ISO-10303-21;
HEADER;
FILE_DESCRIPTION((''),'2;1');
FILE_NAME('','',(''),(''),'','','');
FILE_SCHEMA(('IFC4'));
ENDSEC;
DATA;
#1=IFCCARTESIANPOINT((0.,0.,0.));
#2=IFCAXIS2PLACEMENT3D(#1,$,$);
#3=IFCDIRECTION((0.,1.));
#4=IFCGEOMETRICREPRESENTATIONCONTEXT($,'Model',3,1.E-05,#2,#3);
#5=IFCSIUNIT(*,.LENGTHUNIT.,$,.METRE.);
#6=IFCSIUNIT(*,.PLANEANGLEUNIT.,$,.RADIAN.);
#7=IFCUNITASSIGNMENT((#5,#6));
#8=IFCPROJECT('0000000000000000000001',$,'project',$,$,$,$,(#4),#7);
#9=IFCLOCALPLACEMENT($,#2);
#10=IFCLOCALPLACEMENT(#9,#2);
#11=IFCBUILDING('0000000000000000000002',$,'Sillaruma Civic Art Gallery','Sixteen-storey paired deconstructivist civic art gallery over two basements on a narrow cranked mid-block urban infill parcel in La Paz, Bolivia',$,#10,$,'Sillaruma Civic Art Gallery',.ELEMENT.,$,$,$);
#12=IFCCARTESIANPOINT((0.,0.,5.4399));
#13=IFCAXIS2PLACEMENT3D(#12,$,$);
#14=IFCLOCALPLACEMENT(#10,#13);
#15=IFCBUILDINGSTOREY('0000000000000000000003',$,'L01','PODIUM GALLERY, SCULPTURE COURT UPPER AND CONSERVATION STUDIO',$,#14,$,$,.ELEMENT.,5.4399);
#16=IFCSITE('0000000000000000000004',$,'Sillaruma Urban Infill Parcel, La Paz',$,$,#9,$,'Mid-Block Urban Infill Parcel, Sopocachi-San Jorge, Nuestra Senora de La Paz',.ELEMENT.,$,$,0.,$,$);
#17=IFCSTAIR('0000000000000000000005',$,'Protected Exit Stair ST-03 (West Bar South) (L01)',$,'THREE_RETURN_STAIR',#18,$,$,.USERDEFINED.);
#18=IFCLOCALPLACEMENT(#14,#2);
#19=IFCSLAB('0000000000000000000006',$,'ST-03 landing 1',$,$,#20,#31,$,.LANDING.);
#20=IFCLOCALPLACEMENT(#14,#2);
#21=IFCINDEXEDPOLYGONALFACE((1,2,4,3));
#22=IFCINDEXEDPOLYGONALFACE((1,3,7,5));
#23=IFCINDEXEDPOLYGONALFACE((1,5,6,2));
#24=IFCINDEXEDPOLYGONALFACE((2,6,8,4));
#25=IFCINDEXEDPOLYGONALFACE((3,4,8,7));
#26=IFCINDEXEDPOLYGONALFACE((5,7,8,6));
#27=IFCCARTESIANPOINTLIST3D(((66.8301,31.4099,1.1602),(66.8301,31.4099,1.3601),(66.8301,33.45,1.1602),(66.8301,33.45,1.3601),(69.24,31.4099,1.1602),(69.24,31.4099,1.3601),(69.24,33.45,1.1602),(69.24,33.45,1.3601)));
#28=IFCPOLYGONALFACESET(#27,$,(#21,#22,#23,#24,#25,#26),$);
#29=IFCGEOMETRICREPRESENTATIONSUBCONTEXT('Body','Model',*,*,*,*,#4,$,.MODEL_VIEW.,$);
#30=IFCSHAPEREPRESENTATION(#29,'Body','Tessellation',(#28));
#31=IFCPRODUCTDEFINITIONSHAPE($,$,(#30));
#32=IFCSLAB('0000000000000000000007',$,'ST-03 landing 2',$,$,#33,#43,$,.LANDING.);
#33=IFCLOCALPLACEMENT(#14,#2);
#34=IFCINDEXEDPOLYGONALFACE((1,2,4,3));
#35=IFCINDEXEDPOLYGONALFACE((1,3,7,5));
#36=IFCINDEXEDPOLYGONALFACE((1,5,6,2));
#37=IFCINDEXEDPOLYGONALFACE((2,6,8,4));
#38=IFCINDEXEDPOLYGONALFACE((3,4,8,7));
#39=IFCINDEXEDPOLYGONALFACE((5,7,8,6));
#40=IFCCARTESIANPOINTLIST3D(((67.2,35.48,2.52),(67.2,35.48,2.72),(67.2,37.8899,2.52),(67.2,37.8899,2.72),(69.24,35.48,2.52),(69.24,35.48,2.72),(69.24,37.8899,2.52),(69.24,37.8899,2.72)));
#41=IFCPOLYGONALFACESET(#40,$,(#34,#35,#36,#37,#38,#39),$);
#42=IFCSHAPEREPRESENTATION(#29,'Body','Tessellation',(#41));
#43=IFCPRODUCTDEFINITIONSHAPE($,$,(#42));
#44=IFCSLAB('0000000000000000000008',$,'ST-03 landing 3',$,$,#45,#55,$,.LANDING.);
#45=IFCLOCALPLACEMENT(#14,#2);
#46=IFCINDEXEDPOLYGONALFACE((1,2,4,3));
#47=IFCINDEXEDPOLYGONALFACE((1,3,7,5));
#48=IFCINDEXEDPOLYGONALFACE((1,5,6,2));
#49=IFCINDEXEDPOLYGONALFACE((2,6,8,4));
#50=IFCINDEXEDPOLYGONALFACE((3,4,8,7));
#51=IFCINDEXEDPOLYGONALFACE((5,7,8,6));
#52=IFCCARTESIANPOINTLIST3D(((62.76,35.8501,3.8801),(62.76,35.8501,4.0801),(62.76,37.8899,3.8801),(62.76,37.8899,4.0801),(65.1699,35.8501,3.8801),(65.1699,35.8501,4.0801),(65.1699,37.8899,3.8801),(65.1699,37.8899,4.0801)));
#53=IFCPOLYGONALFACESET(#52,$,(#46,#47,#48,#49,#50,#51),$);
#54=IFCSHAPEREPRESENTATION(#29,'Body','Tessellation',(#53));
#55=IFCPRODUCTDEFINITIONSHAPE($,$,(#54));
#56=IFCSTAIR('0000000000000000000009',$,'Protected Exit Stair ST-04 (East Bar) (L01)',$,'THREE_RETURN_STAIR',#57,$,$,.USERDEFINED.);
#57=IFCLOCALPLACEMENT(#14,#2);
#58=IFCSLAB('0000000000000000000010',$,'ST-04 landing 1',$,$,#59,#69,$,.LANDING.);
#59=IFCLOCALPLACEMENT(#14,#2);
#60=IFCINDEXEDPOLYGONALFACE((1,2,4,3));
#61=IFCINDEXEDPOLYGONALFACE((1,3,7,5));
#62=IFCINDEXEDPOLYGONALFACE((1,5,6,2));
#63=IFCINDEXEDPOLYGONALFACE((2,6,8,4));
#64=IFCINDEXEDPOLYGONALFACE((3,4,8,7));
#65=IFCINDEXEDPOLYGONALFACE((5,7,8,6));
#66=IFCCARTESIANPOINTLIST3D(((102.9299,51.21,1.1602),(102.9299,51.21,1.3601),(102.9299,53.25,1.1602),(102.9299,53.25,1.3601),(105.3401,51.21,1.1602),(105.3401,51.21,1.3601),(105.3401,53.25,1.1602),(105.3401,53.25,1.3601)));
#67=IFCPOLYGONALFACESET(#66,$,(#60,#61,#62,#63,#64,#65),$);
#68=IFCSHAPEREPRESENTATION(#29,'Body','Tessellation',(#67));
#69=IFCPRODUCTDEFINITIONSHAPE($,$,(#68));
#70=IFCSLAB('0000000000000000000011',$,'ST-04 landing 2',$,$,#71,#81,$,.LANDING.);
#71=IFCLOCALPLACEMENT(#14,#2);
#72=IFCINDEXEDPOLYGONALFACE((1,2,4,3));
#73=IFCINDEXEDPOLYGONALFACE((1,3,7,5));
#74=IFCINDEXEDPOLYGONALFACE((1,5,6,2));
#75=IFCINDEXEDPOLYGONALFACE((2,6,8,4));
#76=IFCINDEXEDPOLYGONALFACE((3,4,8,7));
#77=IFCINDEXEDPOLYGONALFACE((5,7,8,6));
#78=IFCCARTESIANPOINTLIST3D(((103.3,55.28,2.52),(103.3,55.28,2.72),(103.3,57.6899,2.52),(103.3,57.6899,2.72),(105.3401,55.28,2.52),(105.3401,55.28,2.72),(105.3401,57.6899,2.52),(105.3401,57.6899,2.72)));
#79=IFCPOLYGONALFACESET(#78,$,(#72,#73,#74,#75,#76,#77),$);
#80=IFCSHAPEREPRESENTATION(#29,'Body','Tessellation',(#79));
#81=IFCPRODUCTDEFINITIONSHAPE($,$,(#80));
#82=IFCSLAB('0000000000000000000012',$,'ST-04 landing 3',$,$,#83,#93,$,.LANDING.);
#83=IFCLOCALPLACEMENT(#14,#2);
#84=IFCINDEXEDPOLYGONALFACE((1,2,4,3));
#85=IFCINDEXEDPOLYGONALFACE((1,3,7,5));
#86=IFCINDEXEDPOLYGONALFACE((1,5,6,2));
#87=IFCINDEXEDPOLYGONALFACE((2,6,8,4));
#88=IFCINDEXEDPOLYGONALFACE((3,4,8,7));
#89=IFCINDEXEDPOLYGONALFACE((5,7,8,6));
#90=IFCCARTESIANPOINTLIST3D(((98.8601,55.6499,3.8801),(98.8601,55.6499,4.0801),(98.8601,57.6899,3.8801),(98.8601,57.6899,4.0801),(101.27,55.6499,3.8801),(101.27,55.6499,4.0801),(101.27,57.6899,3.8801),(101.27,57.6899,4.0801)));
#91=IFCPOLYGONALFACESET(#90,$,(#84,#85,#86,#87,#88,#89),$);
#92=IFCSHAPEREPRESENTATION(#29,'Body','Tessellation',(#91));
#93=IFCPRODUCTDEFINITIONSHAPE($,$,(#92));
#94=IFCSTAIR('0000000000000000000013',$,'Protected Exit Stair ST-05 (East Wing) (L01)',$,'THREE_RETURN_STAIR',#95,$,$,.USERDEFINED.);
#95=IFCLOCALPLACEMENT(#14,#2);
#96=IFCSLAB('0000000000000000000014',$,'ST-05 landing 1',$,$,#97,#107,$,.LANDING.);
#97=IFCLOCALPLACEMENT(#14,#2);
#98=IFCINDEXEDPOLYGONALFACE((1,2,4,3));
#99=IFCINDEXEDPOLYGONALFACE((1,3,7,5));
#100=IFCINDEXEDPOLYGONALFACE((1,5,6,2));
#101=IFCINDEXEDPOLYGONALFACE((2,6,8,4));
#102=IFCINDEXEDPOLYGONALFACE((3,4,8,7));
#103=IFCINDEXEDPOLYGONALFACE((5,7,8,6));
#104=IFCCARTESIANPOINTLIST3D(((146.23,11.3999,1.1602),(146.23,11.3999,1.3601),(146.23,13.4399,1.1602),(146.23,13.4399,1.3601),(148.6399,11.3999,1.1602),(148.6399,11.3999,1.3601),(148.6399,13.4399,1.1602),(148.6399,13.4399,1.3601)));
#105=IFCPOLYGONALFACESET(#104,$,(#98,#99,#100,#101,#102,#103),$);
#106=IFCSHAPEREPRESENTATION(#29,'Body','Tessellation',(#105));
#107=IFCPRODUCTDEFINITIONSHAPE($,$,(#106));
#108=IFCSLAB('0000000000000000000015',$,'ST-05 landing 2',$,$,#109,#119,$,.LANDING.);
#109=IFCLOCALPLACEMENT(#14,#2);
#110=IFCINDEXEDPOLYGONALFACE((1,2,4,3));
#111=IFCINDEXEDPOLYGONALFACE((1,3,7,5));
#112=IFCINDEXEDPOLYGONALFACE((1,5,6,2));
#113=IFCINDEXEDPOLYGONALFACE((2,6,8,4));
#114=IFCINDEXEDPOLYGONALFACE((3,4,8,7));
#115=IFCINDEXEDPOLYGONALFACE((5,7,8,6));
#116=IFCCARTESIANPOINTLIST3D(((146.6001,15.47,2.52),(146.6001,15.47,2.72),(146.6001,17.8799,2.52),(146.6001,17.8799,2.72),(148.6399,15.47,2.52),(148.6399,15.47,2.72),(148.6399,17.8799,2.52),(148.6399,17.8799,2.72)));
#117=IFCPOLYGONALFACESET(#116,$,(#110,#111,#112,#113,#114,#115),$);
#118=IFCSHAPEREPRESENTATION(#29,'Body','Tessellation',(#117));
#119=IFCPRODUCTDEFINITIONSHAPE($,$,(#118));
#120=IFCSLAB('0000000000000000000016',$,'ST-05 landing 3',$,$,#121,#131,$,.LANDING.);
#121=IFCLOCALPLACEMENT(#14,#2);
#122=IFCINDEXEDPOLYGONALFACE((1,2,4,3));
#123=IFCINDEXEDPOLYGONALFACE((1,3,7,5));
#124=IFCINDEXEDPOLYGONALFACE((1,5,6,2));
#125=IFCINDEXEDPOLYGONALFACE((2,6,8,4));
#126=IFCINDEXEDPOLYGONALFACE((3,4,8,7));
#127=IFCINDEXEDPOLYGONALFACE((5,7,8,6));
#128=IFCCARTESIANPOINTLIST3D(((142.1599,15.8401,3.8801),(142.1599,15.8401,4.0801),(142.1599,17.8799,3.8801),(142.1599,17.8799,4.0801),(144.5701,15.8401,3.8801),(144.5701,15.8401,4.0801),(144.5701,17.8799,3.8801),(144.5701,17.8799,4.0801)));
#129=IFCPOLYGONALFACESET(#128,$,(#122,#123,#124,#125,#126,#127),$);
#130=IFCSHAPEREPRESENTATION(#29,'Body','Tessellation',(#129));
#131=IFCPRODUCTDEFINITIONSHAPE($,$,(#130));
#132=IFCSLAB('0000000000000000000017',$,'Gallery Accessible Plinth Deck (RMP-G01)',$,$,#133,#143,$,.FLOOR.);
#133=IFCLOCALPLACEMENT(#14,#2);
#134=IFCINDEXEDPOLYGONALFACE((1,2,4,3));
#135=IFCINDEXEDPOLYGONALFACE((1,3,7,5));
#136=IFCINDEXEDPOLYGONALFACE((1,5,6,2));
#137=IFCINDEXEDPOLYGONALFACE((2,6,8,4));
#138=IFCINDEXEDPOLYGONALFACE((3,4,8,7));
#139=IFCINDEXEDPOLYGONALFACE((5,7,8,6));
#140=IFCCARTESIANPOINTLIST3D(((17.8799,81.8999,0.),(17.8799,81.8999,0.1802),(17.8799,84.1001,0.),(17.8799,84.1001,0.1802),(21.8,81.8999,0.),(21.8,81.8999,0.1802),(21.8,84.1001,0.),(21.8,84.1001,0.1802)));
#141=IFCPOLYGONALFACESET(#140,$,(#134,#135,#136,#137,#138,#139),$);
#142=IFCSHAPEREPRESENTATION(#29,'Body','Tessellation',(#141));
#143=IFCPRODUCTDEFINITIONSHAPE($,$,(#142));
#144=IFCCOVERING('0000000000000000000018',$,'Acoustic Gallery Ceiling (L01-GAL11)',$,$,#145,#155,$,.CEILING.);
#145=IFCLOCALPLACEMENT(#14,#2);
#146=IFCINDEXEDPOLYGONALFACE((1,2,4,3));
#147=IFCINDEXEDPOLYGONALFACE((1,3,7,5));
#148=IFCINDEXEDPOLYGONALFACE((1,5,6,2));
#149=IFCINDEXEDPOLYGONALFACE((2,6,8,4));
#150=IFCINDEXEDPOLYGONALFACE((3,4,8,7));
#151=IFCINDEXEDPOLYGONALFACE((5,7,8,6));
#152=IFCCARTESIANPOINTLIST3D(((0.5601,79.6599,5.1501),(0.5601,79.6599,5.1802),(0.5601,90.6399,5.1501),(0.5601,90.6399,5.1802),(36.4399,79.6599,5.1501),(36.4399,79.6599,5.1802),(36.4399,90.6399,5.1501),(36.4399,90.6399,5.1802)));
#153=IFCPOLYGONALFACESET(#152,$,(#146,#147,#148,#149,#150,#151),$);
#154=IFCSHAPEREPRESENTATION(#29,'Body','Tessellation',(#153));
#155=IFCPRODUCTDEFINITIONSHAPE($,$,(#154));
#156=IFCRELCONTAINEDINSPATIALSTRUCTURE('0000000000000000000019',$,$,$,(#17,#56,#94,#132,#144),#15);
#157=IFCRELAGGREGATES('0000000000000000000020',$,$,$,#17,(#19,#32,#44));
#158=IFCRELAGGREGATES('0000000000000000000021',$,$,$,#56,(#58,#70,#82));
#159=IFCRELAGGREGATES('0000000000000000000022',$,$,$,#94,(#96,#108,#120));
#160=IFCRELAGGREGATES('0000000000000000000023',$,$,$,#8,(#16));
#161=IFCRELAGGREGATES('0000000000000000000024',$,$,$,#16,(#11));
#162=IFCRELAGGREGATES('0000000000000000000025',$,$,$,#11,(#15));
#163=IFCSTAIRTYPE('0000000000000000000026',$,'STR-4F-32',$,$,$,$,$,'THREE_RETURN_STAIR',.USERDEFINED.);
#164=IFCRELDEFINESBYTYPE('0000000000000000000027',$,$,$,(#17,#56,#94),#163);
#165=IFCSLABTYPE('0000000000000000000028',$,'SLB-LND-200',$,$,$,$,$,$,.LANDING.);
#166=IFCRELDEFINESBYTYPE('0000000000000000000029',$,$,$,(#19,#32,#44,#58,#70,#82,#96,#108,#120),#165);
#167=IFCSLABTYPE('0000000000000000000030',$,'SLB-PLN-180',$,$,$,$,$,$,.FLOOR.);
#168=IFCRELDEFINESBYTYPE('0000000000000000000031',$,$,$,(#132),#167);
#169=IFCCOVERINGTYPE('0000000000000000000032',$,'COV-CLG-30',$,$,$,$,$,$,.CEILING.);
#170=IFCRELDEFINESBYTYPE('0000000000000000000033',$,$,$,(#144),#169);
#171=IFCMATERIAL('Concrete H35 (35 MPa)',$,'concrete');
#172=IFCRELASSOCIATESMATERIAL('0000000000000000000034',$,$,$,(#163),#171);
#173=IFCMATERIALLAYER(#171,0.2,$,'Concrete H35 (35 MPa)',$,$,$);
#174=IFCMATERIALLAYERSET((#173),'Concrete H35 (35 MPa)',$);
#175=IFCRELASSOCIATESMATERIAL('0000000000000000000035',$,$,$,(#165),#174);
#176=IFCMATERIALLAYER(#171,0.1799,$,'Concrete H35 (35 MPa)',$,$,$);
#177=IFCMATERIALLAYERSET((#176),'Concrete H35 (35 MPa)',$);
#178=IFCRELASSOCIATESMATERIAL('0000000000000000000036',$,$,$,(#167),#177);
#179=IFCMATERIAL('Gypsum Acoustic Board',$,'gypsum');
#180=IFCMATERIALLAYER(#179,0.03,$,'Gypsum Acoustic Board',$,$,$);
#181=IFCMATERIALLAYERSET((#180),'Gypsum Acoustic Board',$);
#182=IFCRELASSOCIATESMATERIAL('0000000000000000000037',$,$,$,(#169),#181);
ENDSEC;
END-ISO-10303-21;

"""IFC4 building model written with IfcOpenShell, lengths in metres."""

from ifc_helpers import new_model, si_unit, direction, frame, origin, place, context, subcontext, project, spatial, polyline, outline, extrude, material, layer, layer_set, type_object, element, aggregate, save


model = new_model("IFC4")

# Units and contexts
model_context = context("Model", 3, precision=1e-05, world=origin(), true_north=direction((0.0, 1.0)))
body_context = subcontext(model_context, "Body", "Model", "MODEL_VIEW")
ifc_project = project(units=[si_unit("LENGTHUNIT", "METRE"), si_unit("PLANEANGLEUNIT", "RADIAN")], contexts=[model_context])

# Site, building, storey
site_placement = place(None, origin())
site = spatial("IfcSite", under=ifc_project, at=site_placement, Name="Sillaruma Urban Infill Parcel, La Paz", LongName="Mid-Block Urban Infill Parcel, Sopocachi-San Jorge, Nuestra Senora de La Paz", CompositionType="ELEMENT", RefElevation=0.0)
building_placement = place(site_placement, origin())
building = spatial("IfcBuilding", under=site, at=building_placement, Name="Sillaruma Civic Art Gallery", Description="Sixteen-storey paired deconstructivist civic art gallery over two basements on a narrow cranked mid-block urban infill parcel in La Paz, Bolivia", LongName="Sillaruma Civic Art Gallery", CompositionType="ELEMENT")
storey_placement = place(building_placement, frame((0.0, 0.0, 5.4399)))
storey = spatial("IfcBuildingStorey", under=building, at=storey_placement, Name="L01", Description="PODIUM GALLERY, SCULPTURE COURT UPPER AND CONSERVATION STUDIO", CompositionType="ELEMENT", Elevation=5.4399)

# Shared definitions
ifc_material_1 = material(Name="Concrete H35 (35 MPa)", Category="concrete")

# Stairs, slabs
stair_type = type_object("IfcStairType", Name="STR-4F-32", ElementType="THREE_RETURN_STAIR", PredefinedType="USERDEFINED", material=ifc_material_1)
ifc_layer_1 = layer(ifc_material_1, 0.2, Name="Concrete H35 (35 MPa)")
ifc_layer_set_1 = layer_set([ifc_layer_1], Name="Concrete H35 (35 MPa)")
slab_type_1 = type_object("IfcSlabType", Name="SLB-LND-200", PredefinedType="LANDING", material=ifc_layer_set_1)
stair_1_placement = place(storey_placement, origin())
stair_1 = element("IfcStair", 1, at=stair_1_placement, inside=storey, type_object=stair_type, Name="Protected Exit Stair ST-03 (West Bar South) (L01)", ObjectType="THREE_RETURN_STAIR", PredefinedType="USERDEFINED")
slab_1_placement = place(storey_placement, frame((0.0, 0.0, 1.1602)))
slab_1 = element("IfcSlab", 2, at=slab_1_placement, type_object=slab_type_1, Name="ST-03 landing 1", PredefinedType="LANDING", context=body_context, shape_type="SweptSolid", body=[
    extrude(outline(polyline([(66.8301, 31.4099), (69.24, 31.4099), (69.24, 33.45), (66.8301, 33.45), (66.8301, 31.4099)])), origin(), (0.0, 0.0, 1.0), 0.2),
])
slab_2_placement = place(storey_placement, frame((0.0, 0.0, 2.52)))
slab_2 = element("IfcSlab", 3, at=slab_2_placement, type_object=slab_type_1, Name="ST-03 landing 2", PredefinedType="LANDING", context=body_context, shape_type="SweptSolid", body=[
    extrude(outline(polyline([(67.2, 35.48), (69.24, 35.48), (69.24, 37.8899), (67.2, 37.8899), (67.2, 35.48)])), origin(), (0.0, 0.0, 1.0), 0.2),
])
slab_3_placement = place(storey_placement, frame((0.0, 0.0, 3.8801)))
slab_3 = element("IfcSlab", 4, at=slab_3_placement, type_object=slab_type_1, Name="ST-03 landing 3", PredefinedType="LANDING", context=body_context, shape_type="SweptSolid", body=[
    extrude(outline(polyline([(62.76, 35.8501), (65.1699, 35.8501), (65.1699, 37.8899), (62.76, 37.8899), (62.76, 35.8501)])), origin(), (0.0, 0.0, 1.0), 0.2),
])
aggregate(stair_1, [slab_1, slab_2, slab_3])
stair_2_placement = place(storey_placement, origin())
stair_2 = element("IfcStair", 5, at=stair_2_placement, inside=storey, type_object=stair_type, Name="Protected Exit Stair ST-04 (East Bar) (L01)", ObjectType="THREE_RETURN_STAIR", PredefinedType="USERDEFINED")
slab_4_placement = place(storey_placement, frame((0.0, 0.0, 1.1602)))
slab_4 = element("IfcSlab", 6, at=slab_4_placement, type_object=slab_type_1, Name="ST-04 landing 1", PredefinedType="LANDING", context=body_context, shape_type="SweptSolid", body=[
    extrude(outline(polyline([(102.9299, 51.21), (105.3401, 51.21), (105.3401, 53.25), (102.9299, 53.25), (102.9299, 51.21)])), origin(), (0.0, 0.0, 1.0), 0.2),
])
slab_5_placement = place(storey_placement, frame((0.0, 0.0, 2.52)))
slab_5 = element("IfcSlab", 7, at=slab_5_placement, type_object=slab_type_1, Name="ST-04 landing 2", PredefinedType="LANDING", context=body_context, shape_type="SweptSolid", body=[
    extrude(outline(polyline([(103.3, 55.28), (105.3401, 55.28), (105.3401, 57.6899), (103.3, 57.6899), (103.3, 55.28)])), origin(), (0.0, 0.0, 1.0), 0.2),
])
slab_6_placement = place(storey_placement, frame((0.0, 0.0, 3.8801)))
slab_6 = element("IfcSlab", 8, at=slab_6_placement, type_object=slab_type_1, Name="ST-04 landing 3", PredefinedType="LANDING", context=body_context, shape_type="SweptSolid", body=[
    extrude(outline(polyline([(98.8601, 55.6499), (101.27, 55.6499), (101.27, 57.6899), (98.8601, 57.6899), (98.8601, 55.6499)])), origin(), (0.0, 0.0, 1.0), 0.2),
])
aggregate(stair_2, [slab_4, slab_5, slab_6])
stair_3_placement = place(storey_placement, origin())
stair_3 = element("IfcStair", 9, at=stair_3_placement, inside=storey, type_object=stair_type, Name="Protected Exit Stair ST-05 (East Wing) (L01)", ObjectType="THREE_RETURN_STAIR", PredefinedType="USERDEFINED")
slab_7_placement = place(storey_placement, frame((0.0, 0.0, 1.1602)))
slab_7 = element("IfcSlab", 10, at=slab_7_placement, type_object=slab_type_1, Name="ST-05 landing 1", PredefinedType="LANDING", context=body_context, shape_type="SweptSolid", body=[
    extrude(outline(polyline([(146.23, 11.3999), (148.6399, 11.3999), (148.6399, 13.4399), (146.23, 13.4399), (146.23, 11.3999)])), origin(), (0.0, 0.0, 1.0), 0.2),
])
slab_8_placement = place(storey_placement, frame((0.0, 0.0, 2.52)))
slab_8 = element("IfcSlab", 11, at=slab_8_placement, type_object=slab_type_1, Name="ST-05 landing 2", PredefinedType="LANDING", context=body_context, shape_type="SweptSolid", body=[
    extrude(outline(polyline([(146.6001, 15.47), (148.6399, 15.47), (148.6399, 17.8799), (146.6001, 17.8799), (146.6001, 15.47)])), origin(), (0.0, 0.0, 1.0), 0.2),
])
slab_9_placement = place(storey_placement, frame((0.0, 0.0, 3.8801)))
slab_9 = element("IfcSlab", 12, at=slab_9_placement, type_object=slab_type_1, Name="ST-05 landing 3", PredefinedType="LANDING", context=body_context, shape_type="SweptSolid", body=[
    extrude(outline(polyline([(142.1599, 15.8401), (144.5701, 15.8401), (144.5701, 17.8799), (142.1599, 17.8799), (142.1599, 15.8401)])), origin(), (0.0, 0.0, 1.0), 0.2),
])
aggregate(stair_3, [slab_7, slab_8, slab_9])

# Slab
ifc_layer_2 = layer(ifc_material_1, 0.1799, Name="Concrete H35 (35 MPa)")
ifc_layer_set_2 = layer_set([ifc_layer_2], Name="Concrete H35 (35 MPa)")
slab_type_2 = type_object("IfcSlabType", Name="SLB-PLN-180", PredefinedType="FLOOR", material=ifc_layer_set_2)
slab_10_placement = place(storey_placement, origin())
element("IfcSlab", 13, at=slab_10_placement, inside=storey, type_object=slab_type_2, Name="Gallery Accessible Plinth Deck (RMP-G01)", PredefinedType="FLOOR", context=body_context, shape_type="SweptSolid", body=[
    extrude(outline(polyline([(17.8799, 81.8999), (21.8, 81.8999), (21.8, 84.1001), (17.8799, 84.1001), (17.8799, 81.8999)])), origin(), (0.0, 0.0, 1.0), 0.1802),
])

# Covering
ifc_material_2 = material(Name="Gypsum Acoustic Board", Category="gypsum")
ifc_layer_3 = layer(ifc_material_2, 0.03, Name="Gypsum Acoustic Board")
ifc_layer_set_3 = layer_set([ifc_layer_3], Name="Gypsum Acoustic Board")
covering_type_1 = type_object("IfcCoveringType", Name="COV-CLG-30", PredefinedType="CEILING", material=ifc_layer_set_3)
covering_1_placement = place(storey_placement, frame((0.0, 0.0, 5.1501)))
element("IfcCovering", 14, at=covering_1_placement, inside=storey, type_object=covering_type_1, Name="Acoustic Gallery Ceiling (L01-GAL11)", PredefinedType="CEILING", context=body_context, shape_type="SweptSolid", body=[
    extrude(outline(polyline([(0.5601, 79.6599), (36.4399, 79.6599), (36.4399, 90.6399), (0.5601, 90.6399), (0.5601, 79.6599)])), origin(), (0.0, 0.0, 1.0), 0.03),
])

save(model, "model.ifc")
